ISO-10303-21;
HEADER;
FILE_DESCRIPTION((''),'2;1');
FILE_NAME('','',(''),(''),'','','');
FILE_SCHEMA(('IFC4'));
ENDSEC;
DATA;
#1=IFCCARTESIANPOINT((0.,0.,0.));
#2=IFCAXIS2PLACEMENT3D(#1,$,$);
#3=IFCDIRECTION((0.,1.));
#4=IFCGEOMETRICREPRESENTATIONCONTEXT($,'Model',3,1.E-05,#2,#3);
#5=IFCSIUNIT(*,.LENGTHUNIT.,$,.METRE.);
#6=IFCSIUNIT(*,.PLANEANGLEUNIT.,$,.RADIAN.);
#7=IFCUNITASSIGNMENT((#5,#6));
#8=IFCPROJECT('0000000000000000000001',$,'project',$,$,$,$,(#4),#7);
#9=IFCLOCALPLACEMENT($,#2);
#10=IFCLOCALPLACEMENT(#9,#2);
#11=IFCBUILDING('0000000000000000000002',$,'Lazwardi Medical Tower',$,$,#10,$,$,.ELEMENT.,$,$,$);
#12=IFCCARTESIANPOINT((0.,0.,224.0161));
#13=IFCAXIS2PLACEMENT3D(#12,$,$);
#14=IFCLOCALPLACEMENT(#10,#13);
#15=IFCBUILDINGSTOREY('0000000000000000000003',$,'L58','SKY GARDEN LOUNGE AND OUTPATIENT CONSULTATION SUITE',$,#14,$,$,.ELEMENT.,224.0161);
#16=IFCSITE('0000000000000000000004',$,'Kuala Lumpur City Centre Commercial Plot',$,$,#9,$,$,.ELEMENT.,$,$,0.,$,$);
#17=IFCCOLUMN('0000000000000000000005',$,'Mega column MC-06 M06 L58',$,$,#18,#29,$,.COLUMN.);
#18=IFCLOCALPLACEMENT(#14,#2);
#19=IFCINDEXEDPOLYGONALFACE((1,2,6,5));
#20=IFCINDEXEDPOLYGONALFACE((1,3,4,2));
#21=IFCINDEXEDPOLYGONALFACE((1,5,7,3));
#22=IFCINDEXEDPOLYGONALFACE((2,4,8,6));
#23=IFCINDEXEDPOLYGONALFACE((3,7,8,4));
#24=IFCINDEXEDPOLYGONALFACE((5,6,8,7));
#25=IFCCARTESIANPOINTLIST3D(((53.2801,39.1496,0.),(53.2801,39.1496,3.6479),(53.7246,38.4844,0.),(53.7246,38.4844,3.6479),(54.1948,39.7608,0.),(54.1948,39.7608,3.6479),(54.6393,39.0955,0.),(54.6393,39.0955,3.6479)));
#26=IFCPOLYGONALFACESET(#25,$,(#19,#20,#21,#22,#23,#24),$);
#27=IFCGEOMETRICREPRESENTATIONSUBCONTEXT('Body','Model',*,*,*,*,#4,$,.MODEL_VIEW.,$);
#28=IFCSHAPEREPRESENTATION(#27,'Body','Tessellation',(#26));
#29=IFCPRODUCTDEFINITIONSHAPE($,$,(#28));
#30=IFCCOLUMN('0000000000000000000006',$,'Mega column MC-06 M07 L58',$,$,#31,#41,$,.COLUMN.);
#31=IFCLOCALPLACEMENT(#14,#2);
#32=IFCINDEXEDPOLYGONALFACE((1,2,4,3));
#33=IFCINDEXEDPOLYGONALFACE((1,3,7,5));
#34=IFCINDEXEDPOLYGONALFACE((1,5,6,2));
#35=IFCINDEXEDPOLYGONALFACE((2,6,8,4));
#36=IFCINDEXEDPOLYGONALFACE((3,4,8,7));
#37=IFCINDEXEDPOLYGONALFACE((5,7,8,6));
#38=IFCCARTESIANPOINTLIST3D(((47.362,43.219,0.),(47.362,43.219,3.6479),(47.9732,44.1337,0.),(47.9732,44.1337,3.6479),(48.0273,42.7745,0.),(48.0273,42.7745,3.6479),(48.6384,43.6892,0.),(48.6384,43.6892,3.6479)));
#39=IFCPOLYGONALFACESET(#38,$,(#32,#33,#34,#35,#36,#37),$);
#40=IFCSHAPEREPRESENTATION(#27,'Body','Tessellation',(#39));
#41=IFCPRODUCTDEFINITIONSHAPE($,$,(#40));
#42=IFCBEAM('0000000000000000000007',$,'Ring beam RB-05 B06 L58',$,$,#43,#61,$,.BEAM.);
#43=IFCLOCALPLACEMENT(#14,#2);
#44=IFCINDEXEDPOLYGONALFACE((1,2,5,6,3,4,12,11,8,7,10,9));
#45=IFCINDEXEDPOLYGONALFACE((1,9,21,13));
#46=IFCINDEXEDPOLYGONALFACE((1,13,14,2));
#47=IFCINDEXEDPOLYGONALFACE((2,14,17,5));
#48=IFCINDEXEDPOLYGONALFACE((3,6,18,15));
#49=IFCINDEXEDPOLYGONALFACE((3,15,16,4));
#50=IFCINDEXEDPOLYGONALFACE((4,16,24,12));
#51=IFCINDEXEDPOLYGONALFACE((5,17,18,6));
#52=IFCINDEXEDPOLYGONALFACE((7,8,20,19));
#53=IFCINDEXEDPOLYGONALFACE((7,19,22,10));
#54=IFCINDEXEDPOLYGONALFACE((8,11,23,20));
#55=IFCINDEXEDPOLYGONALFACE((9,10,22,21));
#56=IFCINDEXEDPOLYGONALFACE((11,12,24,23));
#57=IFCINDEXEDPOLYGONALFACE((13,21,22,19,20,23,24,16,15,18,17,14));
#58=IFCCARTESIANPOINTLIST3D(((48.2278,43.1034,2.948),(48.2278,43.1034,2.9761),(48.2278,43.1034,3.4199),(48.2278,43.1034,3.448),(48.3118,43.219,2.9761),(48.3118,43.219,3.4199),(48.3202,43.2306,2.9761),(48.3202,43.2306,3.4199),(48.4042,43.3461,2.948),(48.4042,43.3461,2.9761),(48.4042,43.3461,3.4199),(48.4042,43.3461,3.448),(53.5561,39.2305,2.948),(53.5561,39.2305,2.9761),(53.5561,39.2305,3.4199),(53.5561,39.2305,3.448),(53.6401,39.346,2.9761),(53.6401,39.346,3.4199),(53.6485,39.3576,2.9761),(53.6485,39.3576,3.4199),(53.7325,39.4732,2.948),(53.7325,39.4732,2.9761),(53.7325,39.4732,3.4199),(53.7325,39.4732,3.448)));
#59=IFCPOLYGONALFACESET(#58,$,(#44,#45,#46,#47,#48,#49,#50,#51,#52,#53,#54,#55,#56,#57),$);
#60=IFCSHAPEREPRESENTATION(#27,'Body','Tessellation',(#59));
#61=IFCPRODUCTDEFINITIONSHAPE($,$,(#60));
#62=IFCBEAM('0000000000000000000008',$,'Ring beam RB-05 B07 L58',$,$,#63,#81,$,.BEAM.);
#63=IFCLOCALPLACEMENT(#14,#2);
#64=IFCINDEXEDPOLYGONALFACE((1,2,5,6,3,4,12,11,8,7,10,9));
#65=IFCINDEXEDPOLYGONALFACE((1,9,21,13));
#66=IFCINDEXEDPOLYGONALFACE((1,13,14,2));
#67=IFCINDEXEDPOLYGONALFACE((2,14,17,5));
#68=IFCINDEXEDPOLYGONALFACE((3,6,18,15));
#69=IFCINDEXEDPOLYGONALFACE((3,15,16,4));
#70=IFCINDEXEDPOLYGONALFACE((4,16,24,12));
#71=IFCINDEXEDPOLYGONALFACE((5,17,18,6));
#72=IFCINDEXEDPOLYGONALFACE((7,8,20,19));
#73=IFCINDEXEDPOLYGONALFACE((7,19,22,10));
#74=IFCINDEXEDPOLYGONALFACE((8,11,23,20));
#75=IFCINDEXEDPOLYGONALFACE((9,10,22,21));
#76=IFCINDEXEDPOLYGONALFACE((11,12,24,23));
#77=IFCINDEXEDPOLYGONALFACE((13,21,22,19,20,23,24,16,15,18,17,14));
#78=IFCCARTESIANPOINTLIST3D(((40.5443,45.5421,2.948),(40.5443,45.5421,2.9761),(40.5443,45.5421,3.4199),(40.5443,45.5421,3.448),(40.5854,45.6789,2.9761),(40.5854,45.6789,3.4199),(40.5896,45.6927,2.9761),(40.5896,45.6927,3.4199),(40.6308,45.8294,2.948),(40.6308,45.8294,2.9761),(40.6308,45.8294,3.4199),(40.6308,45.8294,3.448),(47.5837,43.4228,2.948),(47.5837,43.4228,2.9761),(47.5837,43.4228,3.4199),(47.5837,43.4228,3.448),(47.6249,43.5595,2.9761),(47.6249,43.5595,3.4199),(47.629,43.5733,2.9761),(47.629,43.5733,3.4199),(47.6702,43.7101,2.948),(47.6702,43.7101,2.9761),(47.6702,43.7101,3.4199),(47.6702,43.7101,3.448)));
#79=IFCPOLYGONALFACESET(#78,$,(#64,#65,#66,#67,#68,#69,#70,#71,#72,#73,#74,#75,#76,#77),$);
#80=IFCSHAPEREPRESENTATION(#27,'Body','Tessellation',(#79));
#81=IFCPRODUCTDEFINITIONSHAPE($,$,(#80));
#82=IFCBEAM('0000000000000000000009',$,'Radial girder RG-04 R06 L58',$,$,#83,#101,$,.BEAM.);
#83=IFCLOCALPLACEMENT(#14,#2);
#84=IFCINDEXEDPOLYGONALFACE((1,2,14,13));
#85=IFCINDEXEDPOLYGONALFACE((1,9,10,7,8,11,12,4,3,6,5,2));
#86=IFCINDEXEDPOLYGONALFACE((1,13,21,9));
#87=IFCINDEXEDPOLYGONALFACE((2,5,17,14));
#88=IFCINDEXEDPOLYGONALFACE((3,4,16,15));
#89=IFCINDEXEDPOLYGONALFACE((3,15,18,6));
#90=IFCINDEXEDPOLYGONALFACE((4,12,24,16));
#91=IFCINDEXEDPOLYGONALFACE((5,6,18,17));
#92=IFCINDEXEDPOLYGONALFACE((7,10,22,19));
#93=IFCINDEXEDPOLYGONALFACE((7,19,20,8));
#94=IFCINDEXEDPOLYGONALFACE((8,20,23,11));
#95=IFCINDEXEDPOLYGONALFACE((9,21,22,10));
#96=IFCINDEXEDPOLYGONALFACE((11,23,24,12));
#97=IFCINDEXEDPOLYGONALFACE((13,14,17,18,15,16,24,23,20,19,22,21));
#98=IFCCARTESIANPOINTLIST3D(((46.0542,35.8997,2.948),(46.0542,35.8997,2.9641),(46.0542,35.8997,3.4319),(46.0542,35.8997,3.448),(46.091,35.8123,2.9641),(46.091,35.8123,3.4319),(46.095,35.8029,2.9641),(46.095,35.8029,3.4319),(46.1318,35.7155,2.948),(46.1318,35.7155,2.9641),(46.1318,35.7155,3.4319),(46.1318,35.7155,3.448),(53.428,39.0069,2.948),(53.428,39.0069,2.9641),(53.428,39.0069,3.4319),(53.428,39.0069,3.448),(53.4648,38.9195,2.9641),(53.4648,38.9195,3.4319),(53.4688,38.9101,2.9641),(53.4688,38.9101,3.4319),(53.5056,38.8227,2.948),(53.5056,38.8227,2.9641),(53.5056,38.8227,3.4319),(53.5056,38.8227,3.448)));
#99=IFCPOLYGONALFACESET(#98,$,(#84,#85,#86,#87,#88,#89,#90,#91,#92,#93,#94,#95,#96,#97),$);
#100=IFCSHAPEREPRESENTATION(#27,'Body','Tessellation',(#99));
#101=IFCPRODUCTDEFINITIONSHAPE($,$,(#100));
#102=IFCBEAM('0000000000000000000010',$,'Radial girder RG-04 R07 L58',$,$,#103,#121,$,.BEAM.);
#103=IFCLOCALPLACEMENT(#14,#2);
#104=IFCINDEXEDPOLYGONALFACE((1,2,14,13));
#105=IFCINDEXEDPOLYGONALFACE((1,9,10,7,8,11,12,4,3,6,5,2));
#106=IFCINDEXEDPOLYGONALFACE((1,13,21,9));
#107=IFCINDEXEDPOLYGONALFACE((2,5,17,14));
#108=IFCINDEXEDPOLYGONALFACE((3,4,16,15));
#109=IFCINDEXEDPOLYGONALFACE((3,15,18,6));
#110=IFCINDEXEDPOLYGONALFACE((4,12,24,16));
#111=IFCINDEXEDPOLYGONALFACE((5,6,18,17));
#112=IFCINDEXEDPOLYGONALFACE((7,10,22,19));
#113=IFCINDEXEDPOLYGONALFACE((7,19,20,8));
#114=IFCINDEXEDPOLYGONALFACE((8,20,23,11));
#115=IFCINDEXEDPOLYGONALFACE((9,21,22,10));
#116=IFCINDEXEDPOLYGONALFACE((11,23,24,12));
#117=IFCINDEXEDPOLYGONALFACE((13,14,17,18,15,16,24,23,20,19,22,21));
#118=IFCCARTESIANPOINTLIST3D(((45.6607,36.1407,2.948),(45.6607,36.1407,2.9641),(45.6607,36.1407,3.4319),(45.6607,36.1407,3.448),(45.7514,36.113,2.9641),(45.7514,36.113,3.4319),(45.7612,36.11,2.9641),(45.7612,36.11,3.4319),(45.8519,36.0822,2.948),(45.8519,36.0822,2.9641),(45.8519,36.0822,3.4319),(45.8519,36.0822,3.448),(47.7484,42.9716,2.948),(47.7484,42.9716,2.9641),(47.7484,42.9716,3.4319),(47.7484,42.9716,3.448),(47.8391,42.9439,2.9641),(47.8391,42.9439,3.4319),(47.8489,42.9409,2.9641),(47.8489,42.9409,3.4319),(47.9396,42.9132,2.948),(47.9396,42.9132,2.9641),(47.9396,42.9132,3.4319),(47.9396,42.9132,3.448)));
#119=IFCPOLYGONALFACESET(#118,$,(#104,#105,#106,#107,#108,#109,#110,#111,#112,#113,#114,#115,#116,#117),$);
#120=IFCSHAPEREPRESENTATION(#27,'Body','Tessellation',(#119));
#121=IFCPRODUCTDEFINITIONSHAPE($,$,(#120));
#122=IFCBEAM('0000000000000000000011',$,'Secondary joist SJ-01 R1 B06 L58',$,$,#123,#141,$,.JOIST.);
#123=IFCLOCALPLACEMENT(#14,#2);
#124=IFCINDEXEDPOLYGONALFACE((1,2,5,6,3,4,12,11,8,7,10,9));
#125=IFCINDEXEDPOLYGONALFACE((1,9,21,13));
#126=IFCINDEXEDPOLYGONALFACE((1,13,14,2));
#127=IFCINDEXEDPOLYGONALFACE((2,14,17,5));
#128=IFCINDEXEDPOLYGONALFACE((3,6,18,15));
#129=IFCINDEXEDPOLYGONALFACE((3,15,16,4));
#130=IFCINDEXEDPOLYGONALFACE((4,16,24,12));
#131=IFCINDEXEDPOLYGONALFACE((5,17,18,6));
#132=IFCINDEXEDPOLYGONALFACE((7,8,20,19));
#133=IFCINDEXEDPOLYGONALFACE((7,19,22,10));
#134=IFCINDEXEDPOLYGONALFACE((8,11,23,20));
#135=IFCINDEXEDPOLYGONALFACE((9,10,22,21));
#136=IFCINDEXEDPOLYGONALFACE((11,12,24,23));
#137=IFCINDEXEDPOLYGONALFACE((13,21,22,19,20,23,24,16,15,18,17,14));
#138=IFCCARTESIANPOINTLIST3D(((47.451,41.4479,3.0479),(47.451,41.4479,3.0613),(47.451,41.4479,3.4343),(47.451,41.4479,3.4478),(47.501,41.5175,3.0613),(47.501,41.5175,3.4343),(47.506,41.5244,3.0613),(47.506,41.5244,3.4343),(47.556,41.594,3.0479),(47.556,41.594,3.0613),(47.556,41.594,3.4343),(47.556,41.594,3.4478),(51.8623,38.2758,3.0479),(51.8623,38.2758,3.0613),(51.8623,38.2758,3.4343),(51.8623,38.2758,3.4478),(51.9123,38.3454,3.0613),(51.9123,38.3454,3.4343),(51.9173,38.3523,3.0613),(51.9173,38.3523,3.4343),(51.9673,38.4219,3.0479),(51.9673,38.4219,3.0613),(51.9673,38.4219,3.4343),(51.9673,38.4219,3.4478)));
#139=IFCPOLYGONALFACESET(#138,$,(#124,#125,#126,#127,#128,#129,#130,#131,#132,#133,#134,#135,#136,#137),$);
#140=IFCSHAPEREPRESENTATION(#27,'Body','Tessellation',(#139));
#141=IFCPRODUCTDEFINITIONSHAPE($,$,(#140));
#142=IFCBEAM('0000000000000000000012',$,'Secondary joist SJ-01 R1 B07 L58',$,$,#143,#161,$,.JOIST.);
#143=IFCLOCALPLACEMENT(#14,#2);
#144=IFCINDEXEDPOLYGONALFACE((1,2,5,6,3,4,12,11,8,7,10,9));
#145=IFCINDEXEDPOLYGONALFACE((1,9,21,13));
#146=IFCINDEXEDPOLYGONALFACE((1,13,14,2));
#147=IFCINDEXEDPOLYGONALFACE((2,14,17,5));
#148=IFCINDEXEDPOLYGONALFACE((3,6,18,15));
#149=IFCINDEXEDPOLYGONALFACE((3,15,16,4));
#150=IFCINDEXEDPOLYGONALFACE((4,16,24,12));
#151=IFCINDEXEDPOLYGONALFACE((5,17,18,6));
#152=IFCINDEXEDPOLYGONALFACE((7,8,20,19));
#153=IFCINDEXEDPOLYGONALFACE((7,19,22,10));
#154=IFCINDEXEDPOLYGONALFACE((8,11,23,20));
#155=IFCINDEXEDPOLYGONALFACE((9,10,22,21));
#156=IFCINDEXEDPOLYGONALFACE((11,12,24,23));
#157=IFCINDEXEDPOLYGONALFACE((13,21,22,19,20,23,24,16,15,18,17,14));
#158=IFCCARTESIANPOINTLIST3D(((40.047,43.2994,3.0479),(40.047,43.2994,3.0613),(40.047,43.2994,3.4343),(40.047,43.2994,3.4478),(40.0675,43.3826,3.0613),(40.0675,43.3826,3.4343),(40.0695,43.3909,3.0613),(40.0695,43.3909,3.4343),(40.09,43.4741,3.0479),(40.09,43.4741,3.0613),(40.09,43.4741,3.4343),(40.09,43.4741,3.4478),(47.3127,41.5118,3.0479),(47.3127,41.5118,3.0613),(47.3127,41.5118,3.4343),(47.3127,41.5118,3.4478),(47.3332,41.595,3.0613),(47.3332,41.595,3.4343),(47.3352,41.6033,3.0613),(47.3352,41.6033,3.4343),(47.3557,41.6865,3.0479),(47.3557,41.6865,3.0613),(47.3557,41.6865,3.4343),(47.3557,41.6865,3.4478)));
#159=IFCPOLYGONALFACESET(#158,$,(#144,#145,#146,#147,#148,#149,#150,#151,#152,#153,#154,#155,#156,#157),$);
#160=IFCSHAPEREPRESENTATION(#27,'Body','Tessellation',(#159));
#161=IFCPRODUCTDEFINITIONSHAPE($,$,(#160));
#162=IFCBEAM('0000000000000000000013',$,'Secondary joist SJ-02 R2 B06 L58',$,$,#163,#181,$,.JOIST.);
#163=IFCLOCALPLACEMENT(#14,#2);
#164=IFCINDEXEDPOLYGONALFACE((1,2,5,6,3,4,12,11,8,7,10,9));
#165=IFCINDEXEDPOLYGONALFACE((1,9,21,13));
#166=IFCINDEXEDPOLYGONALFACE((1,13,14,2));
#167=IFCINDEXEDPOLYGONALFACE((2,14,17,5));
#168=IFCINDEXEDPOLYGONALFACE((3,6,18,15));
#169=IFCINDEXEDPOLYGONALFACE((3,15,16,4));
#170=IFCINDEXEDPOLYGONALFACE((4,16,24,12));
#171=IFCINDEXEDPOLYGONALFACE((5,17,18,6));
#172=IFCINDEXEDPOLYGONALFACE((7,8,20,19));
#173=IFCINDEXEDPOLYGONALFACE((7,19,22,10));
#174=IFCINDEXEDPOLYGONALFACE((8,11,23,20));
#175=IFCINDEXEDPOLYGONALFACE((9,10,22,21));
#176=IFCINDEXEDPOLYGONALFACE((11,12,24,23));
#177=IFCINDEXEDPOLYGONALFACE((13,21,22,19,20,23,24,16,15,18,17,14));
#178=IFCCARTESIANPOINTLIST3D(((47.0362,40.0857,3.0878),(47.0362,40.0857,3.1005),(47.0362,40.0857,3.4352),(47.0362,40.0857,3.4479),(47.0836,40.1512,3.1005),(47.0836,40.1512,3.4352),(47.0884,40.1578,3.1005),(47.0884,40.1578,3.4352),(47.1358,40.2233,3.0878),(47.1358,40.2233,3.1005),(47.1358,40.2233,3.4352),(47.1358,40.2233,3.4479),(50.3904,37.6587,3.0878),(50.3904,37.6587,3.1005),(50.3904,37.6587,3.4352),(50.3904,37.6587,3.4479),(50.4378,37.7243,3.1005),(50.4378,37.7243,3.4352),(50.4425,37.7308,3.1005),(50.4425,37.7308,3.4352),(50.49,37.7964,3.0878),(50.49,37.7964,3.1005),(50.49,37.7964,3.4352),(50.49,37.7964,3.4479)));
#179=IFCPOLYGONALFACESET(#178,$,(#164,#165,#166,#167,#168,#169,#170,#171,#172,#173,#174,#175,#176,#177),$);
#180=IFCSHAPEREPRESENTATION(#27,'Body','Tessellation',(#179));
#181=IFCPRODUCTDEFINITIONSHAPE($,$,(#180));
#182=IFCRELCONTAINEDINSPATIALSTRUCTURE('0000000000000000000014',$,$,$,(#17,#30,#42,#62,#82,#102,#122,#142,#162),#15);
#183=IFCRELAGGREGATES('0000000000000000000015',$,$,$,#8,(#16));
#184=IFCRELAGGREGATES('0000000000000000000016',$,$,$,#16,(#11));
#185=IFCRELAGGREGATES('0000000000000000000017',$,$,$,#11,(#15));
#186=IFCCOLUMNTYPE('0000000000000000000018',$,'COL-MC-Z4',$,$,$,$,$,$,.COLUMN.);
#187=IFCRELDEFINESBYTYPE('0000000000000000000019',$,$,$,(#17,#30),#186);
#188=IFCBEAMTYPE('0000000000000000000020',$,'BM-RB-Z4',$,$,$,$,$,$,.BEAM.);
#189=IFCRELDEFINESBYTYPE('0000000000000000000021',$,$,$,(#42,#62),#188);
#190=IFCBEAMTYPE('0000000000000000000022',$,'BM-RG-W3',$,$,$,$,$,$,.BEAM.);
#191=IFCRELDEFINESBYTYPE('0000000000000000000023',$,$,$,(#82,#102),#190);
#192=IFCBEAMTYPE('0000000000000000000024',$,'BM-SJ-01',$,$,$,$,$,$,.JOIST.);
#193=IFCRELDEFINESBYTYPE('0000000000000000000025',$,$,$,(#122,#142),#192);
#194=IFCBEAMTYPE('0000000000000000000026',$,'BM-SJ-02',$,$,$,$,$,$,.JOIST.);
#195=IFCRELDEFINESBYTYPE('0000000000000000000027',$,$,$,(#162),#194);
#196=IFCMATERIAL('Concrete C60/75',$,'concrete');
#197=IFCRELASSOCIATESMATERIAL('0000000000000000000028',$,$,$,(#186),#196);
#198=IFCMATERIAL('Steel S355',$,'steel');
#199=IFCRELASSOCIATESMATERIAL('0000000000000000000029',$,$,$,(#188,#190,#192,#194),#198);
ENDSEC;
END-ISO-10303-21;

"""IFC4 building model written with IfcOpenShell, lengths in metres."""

from ifc_helpers import new_model, si_unit, direction, frame, origin, origin_2d, place, context, subcontext, project, spatial, rectangle, i_section, extrude, material, material_profile, profile_set, type_object, element, save


model = new_model("IFC4")

# Units and contexts
model_context = context("Model", 3, precision=1e-05, world=origin(), true_north=direction((0.0, 1.0)))
body_context = subcontext(model_context, "Body", "Model", "MODEL_VIEW")
ifc_project = project(units=[si_unit("LENGTHUNIT", "METRE"), si_unit("PLANEANGLEUNIT", "RADIAN")], contexts=[model_context])

# Site, building, storey
site_placement = place(None, origin())
site = spatial("IfcSite", under=ifc_project, at=site_placement, Name="Kuala Lumpur City Centre Commercial Plot", CompositionType="ELEMENT", RefElevation=0.0)
building_placement = place(site_placement, origin())
building = spatial("IfcBuilding", under=site, at=building_placement, Name="Lazwardi Medical Tower", CompositionType="ELEMENT")
storey_placement = place(building_placement, frame((0.0, 0.0, 224.0161)))
storey = spatial("IfcBuildingStorey", under=building, at=storey_placement, Name="L58", Description="SKY GARDEN LOUNGE AND OUTPATIENT CONSULTATION SUITE", CompositionType="ELEMENT", Elevation=224.0161)

# Columns
ifc_material_1 = material(Name="Concrete C60/75", Category="concrete")
ifc_material_profile_1 = material_profile(ifc_material_1, rectangle(XDim=1.1001, YDim=0.8, at=origin_2d()), Name="CFT-RECT 1100x800")
ifc_profile_set_1 = profile_set([ifc_material_profile_1], Name="Concrete C60/75")
column_type = type_object("IfcColumnType", Name="COL-MC-Z4", PredefinedType="COLUMN", material=ifc_profile_set_1)
for number, where, z_axis, x_axis, name in (
    (1, (53.9597, 39.1226, 0.0), (0.0, 0.0, 1.0), (0.83147, 0.55557, 0.0), "Mega column MC-06 M06 L58"),
    (2, (48.0002, 43.4541, 0.0), (0.0, 0.0, 1.0), (0.55557, 0.83147, 0.0), "Mega column MC-06 M07 L58"),
):
    element("IfcColumn", number, at=place(storey_placement, frame(where, z_axis=z_axis, x_axis=x_axis)), inside=storey, type_object=column_type, Name=name, PredefinedType="COLUMN", context=body_context, shape_type="SweptSolid", body=[
        extrude(rectangle(XDim=1.1001, YDim=0.8, at=origin_2d()), origin(), (0.0, 0.0, 1.0), 3.6479),
    ])

# Beams
ifc_material_2 = material(Name="Steel S355", Category="steel")
ifc_material_profile_2 = material_profile(ifc_material_2, i_section(OverallWidth=0.3, OverallDepth=0.5, WebThickness=0.0144, FlangeThickness=0.0281, at=origin_2d()), Name="HEB 500")
ifc_profile_set_2 = profile_set([ifc_material_profile_2], Name="Steel S355")
beam_type_1 = type_object("IfcBeamType", Name="BM-RB-Z4", PredefinedType="BEAM", material=ifc_profile_set_2)
beam_1_placement = place(storey_placement, frame((53.6443, 39.3518, 3.198), z_axis=(-0.80889, 0.58796, 0.0), x_axis=(-0.58796, -0.80889, 0.0)))
element("IfcBeam", 3, at=beam_1_placement, inside=storey, type_object=beam_type_1, Name="Ring beam RB-05 B06 L58", PredefinedType="BEAM", context=body_context, shape_type="SweptSolid", body=[
    extrude(i_section(OverallWidth=0.3, OverallDepth=0.5, WebThickness=0.0144, FlangeThickness=0.0281, at=origin_2d()), origin(), (0.0, 0.0, 1.0), 6.5872),
])
beam_2_placement = place(storey_placement, frame((47.627, 43.5664, 3.198), z_axis=(-0.957544, 0.288286, 0.0), x_axis=(-0.288286, -0.957544, 0.0)))
element("IfcBeam", 4, at=beam_2_placement, inside=storey, type_object=beam_type_1, Name="Ring beam RB-05 B07 L58", PredefinedType="BEAM", context=body_context, shape_type="SweptSolid", body=[
    extrude(i_section(OverallWidth=0.3, OverallDepth=0.5, WebThickness=0.0144, FlangeThickness=0.0281, at=origin_2d()), origin(), (0.0, 0.0, 1.0), 7.3516),
])
ifc_material_profile_3 = material_profile(ifc_material_2, i_section(OverallWidth=0.2, OverallDepth=0.5, WebThickness=0.0103, FlangeThickness=0.0161, at=origin_2d()), Name="IPE 500")
ifc_profile_set_3 = profile_set([ifc_material_profile_3], Name="Steel S355")
beam_type_2 = type_object("IfcBeamType", Name="BM-RG-W3", PredefinedType="BEAM", material=ifc_profile_set_3)
beam_3_placement = place(storey_placement, frame((53.4668, 38.9148, 3.198), z_axis=(-0.921527, -0.388315, 0.0), x_axis=(0.388315, -0.921527, 0.0)))
element("IfcBeam", 5, at=beam_3_placement, inside=storey, type_object=beam_type_2, Name="Radial girder RG-04 R06 L58", PredefinedType="BEAM", context=body_context, shape_type="SweptSolid", body=[
    extrude(i_section(OverallWidth=0.2, OverallDepth=0.5, WebThickness=0.0103, FlangeThickness=0.0161, at=origin_2d()), origin(), (0.0, 0.0, 1.0), 8.0017),
])
beam_4_placement = place(storey_placement, frame((47.844, 42.9424, 3.198), z_axis=(-0.292277, -0.956334, 0.0), x_axis=(0.956334, -0.292277, 0.0)))
element("IfcBeam", 6, at=beam_4_placement, inside=storey, type_object=beam_type_2, Name="Radial girder RG-04 R07 L58", PredefinedType="BEAM", context=body_context, shape_type="SweptSolid", body=[
    extrude(i_section(OverallWidth=0.2, OverallDepth=0.5, WebThickness=0.0103, FlangeThickness=0.0161, at=origin_2d()), origin(), (0.0, 0.0, 1.0), 7.1428),
])
ifc_material_profile_4 = material_profile(ifc_material_2, i_section(OverallWidth=0.1799, OverallDepth=0.3999, WebThickness=0.0085, FlangeThickness=0.0134, at=origin_2d()), Name="IPE 400")
ifc_profile_set_4 = profile_set([ifc_material_profile_4], Name="Steel S355")
beam_type_3 = type_object("IfcBeamType", Name="BM-SJ-01", PredefinedType="JOIST", material=ifc_profile_set_4)
beam_5_placement = place(storey_placement, frame((51.9148, 38.3489, 3.2478), z_axis=(-0.81189, 0.583811, 0.0), x_axis=(-0.583811, -0.81189, 0.0)))
element("IfcBeam", 7, at=beam_5_placement, inside=storey, type_object=beam_type_3, Name="Secondary joist SJ-01 R1 B06 L58", PredefinedType="JOIST", context=body_context, shape_type="SweptSolid", body=[
    extrude(i_section(OverallWidth=0.1799, OverallDepth=0.3999, WebThickness=0.0085, FlangeThickness=0.0134, at=origin_2d()), origin(), (0.0, 0.0, 1.0), 5.4333),
])
beam_6_placement = place(storey_placement, frame((47.3342, 41.5991, 3.2478), z_axis=(-0.971042, 0.23891, 0.0), x_axis=(-0.23891, -0.971042, 0.0)))
element("IfcBeam", 8, at=beam_6_placement, inside=storey, type_object=beam_type_3, Name="Secondary joist SJ-01 R1 B07 L58", PredefinedType="JOIST", context=body_context, shape_type="SweptSolid", body=[
    extrude(i_section(OverallWidth=0.1799, OverallDepth=0.3999, WebThickness=0.0085, FlangeThickness=0.0134, at=origin_2d()), origin(), (0.0, 0.0, 1.0), 7.4824),
])
ifc_material_profile_5 = material_profile(ifc_material_2, i_section(OverallWidth=0.1699, OverallDepth=0.3601, WebThickness=0.0081, FlangeThickness=0.0127, at=origin_2d()), Name="IPE 360")
ifc_profile_set_5 = profile_set([ifc_material_profile_5], Name="Steel S355")
beam_type_4 = type_object("IfcBeamType", Name="BM-SJ-02", PredefinedType="JOIST", material=ifc_profile_set_5)
beam_7_placement = place(storey_placement, frame((50.4402, 37.7275, 3.2678), z_axis=(-0.810164, 0.586203, 0.0), x_axis=(-0.586203, -0.810164, 0.0)))
element("IfcBeam", 9, at=beam_7_placement, inside=storey, type_object=beam_type_4, Name="Secondary joist SJ-02 R2 B06 L58", PredefinedType="JOIST", context=body_context, shape_type="SweptSolid", body=[
    extrude(i_section(OverallWidth=0.1699, OverallDepth=0.3601, WebThickness=0.0081, FlangeThickness=0.0127, at=origin_2d()), origin(), (0.0, 0.0, 1.0), 4.1401),
])

save(model, "model.ifc")
